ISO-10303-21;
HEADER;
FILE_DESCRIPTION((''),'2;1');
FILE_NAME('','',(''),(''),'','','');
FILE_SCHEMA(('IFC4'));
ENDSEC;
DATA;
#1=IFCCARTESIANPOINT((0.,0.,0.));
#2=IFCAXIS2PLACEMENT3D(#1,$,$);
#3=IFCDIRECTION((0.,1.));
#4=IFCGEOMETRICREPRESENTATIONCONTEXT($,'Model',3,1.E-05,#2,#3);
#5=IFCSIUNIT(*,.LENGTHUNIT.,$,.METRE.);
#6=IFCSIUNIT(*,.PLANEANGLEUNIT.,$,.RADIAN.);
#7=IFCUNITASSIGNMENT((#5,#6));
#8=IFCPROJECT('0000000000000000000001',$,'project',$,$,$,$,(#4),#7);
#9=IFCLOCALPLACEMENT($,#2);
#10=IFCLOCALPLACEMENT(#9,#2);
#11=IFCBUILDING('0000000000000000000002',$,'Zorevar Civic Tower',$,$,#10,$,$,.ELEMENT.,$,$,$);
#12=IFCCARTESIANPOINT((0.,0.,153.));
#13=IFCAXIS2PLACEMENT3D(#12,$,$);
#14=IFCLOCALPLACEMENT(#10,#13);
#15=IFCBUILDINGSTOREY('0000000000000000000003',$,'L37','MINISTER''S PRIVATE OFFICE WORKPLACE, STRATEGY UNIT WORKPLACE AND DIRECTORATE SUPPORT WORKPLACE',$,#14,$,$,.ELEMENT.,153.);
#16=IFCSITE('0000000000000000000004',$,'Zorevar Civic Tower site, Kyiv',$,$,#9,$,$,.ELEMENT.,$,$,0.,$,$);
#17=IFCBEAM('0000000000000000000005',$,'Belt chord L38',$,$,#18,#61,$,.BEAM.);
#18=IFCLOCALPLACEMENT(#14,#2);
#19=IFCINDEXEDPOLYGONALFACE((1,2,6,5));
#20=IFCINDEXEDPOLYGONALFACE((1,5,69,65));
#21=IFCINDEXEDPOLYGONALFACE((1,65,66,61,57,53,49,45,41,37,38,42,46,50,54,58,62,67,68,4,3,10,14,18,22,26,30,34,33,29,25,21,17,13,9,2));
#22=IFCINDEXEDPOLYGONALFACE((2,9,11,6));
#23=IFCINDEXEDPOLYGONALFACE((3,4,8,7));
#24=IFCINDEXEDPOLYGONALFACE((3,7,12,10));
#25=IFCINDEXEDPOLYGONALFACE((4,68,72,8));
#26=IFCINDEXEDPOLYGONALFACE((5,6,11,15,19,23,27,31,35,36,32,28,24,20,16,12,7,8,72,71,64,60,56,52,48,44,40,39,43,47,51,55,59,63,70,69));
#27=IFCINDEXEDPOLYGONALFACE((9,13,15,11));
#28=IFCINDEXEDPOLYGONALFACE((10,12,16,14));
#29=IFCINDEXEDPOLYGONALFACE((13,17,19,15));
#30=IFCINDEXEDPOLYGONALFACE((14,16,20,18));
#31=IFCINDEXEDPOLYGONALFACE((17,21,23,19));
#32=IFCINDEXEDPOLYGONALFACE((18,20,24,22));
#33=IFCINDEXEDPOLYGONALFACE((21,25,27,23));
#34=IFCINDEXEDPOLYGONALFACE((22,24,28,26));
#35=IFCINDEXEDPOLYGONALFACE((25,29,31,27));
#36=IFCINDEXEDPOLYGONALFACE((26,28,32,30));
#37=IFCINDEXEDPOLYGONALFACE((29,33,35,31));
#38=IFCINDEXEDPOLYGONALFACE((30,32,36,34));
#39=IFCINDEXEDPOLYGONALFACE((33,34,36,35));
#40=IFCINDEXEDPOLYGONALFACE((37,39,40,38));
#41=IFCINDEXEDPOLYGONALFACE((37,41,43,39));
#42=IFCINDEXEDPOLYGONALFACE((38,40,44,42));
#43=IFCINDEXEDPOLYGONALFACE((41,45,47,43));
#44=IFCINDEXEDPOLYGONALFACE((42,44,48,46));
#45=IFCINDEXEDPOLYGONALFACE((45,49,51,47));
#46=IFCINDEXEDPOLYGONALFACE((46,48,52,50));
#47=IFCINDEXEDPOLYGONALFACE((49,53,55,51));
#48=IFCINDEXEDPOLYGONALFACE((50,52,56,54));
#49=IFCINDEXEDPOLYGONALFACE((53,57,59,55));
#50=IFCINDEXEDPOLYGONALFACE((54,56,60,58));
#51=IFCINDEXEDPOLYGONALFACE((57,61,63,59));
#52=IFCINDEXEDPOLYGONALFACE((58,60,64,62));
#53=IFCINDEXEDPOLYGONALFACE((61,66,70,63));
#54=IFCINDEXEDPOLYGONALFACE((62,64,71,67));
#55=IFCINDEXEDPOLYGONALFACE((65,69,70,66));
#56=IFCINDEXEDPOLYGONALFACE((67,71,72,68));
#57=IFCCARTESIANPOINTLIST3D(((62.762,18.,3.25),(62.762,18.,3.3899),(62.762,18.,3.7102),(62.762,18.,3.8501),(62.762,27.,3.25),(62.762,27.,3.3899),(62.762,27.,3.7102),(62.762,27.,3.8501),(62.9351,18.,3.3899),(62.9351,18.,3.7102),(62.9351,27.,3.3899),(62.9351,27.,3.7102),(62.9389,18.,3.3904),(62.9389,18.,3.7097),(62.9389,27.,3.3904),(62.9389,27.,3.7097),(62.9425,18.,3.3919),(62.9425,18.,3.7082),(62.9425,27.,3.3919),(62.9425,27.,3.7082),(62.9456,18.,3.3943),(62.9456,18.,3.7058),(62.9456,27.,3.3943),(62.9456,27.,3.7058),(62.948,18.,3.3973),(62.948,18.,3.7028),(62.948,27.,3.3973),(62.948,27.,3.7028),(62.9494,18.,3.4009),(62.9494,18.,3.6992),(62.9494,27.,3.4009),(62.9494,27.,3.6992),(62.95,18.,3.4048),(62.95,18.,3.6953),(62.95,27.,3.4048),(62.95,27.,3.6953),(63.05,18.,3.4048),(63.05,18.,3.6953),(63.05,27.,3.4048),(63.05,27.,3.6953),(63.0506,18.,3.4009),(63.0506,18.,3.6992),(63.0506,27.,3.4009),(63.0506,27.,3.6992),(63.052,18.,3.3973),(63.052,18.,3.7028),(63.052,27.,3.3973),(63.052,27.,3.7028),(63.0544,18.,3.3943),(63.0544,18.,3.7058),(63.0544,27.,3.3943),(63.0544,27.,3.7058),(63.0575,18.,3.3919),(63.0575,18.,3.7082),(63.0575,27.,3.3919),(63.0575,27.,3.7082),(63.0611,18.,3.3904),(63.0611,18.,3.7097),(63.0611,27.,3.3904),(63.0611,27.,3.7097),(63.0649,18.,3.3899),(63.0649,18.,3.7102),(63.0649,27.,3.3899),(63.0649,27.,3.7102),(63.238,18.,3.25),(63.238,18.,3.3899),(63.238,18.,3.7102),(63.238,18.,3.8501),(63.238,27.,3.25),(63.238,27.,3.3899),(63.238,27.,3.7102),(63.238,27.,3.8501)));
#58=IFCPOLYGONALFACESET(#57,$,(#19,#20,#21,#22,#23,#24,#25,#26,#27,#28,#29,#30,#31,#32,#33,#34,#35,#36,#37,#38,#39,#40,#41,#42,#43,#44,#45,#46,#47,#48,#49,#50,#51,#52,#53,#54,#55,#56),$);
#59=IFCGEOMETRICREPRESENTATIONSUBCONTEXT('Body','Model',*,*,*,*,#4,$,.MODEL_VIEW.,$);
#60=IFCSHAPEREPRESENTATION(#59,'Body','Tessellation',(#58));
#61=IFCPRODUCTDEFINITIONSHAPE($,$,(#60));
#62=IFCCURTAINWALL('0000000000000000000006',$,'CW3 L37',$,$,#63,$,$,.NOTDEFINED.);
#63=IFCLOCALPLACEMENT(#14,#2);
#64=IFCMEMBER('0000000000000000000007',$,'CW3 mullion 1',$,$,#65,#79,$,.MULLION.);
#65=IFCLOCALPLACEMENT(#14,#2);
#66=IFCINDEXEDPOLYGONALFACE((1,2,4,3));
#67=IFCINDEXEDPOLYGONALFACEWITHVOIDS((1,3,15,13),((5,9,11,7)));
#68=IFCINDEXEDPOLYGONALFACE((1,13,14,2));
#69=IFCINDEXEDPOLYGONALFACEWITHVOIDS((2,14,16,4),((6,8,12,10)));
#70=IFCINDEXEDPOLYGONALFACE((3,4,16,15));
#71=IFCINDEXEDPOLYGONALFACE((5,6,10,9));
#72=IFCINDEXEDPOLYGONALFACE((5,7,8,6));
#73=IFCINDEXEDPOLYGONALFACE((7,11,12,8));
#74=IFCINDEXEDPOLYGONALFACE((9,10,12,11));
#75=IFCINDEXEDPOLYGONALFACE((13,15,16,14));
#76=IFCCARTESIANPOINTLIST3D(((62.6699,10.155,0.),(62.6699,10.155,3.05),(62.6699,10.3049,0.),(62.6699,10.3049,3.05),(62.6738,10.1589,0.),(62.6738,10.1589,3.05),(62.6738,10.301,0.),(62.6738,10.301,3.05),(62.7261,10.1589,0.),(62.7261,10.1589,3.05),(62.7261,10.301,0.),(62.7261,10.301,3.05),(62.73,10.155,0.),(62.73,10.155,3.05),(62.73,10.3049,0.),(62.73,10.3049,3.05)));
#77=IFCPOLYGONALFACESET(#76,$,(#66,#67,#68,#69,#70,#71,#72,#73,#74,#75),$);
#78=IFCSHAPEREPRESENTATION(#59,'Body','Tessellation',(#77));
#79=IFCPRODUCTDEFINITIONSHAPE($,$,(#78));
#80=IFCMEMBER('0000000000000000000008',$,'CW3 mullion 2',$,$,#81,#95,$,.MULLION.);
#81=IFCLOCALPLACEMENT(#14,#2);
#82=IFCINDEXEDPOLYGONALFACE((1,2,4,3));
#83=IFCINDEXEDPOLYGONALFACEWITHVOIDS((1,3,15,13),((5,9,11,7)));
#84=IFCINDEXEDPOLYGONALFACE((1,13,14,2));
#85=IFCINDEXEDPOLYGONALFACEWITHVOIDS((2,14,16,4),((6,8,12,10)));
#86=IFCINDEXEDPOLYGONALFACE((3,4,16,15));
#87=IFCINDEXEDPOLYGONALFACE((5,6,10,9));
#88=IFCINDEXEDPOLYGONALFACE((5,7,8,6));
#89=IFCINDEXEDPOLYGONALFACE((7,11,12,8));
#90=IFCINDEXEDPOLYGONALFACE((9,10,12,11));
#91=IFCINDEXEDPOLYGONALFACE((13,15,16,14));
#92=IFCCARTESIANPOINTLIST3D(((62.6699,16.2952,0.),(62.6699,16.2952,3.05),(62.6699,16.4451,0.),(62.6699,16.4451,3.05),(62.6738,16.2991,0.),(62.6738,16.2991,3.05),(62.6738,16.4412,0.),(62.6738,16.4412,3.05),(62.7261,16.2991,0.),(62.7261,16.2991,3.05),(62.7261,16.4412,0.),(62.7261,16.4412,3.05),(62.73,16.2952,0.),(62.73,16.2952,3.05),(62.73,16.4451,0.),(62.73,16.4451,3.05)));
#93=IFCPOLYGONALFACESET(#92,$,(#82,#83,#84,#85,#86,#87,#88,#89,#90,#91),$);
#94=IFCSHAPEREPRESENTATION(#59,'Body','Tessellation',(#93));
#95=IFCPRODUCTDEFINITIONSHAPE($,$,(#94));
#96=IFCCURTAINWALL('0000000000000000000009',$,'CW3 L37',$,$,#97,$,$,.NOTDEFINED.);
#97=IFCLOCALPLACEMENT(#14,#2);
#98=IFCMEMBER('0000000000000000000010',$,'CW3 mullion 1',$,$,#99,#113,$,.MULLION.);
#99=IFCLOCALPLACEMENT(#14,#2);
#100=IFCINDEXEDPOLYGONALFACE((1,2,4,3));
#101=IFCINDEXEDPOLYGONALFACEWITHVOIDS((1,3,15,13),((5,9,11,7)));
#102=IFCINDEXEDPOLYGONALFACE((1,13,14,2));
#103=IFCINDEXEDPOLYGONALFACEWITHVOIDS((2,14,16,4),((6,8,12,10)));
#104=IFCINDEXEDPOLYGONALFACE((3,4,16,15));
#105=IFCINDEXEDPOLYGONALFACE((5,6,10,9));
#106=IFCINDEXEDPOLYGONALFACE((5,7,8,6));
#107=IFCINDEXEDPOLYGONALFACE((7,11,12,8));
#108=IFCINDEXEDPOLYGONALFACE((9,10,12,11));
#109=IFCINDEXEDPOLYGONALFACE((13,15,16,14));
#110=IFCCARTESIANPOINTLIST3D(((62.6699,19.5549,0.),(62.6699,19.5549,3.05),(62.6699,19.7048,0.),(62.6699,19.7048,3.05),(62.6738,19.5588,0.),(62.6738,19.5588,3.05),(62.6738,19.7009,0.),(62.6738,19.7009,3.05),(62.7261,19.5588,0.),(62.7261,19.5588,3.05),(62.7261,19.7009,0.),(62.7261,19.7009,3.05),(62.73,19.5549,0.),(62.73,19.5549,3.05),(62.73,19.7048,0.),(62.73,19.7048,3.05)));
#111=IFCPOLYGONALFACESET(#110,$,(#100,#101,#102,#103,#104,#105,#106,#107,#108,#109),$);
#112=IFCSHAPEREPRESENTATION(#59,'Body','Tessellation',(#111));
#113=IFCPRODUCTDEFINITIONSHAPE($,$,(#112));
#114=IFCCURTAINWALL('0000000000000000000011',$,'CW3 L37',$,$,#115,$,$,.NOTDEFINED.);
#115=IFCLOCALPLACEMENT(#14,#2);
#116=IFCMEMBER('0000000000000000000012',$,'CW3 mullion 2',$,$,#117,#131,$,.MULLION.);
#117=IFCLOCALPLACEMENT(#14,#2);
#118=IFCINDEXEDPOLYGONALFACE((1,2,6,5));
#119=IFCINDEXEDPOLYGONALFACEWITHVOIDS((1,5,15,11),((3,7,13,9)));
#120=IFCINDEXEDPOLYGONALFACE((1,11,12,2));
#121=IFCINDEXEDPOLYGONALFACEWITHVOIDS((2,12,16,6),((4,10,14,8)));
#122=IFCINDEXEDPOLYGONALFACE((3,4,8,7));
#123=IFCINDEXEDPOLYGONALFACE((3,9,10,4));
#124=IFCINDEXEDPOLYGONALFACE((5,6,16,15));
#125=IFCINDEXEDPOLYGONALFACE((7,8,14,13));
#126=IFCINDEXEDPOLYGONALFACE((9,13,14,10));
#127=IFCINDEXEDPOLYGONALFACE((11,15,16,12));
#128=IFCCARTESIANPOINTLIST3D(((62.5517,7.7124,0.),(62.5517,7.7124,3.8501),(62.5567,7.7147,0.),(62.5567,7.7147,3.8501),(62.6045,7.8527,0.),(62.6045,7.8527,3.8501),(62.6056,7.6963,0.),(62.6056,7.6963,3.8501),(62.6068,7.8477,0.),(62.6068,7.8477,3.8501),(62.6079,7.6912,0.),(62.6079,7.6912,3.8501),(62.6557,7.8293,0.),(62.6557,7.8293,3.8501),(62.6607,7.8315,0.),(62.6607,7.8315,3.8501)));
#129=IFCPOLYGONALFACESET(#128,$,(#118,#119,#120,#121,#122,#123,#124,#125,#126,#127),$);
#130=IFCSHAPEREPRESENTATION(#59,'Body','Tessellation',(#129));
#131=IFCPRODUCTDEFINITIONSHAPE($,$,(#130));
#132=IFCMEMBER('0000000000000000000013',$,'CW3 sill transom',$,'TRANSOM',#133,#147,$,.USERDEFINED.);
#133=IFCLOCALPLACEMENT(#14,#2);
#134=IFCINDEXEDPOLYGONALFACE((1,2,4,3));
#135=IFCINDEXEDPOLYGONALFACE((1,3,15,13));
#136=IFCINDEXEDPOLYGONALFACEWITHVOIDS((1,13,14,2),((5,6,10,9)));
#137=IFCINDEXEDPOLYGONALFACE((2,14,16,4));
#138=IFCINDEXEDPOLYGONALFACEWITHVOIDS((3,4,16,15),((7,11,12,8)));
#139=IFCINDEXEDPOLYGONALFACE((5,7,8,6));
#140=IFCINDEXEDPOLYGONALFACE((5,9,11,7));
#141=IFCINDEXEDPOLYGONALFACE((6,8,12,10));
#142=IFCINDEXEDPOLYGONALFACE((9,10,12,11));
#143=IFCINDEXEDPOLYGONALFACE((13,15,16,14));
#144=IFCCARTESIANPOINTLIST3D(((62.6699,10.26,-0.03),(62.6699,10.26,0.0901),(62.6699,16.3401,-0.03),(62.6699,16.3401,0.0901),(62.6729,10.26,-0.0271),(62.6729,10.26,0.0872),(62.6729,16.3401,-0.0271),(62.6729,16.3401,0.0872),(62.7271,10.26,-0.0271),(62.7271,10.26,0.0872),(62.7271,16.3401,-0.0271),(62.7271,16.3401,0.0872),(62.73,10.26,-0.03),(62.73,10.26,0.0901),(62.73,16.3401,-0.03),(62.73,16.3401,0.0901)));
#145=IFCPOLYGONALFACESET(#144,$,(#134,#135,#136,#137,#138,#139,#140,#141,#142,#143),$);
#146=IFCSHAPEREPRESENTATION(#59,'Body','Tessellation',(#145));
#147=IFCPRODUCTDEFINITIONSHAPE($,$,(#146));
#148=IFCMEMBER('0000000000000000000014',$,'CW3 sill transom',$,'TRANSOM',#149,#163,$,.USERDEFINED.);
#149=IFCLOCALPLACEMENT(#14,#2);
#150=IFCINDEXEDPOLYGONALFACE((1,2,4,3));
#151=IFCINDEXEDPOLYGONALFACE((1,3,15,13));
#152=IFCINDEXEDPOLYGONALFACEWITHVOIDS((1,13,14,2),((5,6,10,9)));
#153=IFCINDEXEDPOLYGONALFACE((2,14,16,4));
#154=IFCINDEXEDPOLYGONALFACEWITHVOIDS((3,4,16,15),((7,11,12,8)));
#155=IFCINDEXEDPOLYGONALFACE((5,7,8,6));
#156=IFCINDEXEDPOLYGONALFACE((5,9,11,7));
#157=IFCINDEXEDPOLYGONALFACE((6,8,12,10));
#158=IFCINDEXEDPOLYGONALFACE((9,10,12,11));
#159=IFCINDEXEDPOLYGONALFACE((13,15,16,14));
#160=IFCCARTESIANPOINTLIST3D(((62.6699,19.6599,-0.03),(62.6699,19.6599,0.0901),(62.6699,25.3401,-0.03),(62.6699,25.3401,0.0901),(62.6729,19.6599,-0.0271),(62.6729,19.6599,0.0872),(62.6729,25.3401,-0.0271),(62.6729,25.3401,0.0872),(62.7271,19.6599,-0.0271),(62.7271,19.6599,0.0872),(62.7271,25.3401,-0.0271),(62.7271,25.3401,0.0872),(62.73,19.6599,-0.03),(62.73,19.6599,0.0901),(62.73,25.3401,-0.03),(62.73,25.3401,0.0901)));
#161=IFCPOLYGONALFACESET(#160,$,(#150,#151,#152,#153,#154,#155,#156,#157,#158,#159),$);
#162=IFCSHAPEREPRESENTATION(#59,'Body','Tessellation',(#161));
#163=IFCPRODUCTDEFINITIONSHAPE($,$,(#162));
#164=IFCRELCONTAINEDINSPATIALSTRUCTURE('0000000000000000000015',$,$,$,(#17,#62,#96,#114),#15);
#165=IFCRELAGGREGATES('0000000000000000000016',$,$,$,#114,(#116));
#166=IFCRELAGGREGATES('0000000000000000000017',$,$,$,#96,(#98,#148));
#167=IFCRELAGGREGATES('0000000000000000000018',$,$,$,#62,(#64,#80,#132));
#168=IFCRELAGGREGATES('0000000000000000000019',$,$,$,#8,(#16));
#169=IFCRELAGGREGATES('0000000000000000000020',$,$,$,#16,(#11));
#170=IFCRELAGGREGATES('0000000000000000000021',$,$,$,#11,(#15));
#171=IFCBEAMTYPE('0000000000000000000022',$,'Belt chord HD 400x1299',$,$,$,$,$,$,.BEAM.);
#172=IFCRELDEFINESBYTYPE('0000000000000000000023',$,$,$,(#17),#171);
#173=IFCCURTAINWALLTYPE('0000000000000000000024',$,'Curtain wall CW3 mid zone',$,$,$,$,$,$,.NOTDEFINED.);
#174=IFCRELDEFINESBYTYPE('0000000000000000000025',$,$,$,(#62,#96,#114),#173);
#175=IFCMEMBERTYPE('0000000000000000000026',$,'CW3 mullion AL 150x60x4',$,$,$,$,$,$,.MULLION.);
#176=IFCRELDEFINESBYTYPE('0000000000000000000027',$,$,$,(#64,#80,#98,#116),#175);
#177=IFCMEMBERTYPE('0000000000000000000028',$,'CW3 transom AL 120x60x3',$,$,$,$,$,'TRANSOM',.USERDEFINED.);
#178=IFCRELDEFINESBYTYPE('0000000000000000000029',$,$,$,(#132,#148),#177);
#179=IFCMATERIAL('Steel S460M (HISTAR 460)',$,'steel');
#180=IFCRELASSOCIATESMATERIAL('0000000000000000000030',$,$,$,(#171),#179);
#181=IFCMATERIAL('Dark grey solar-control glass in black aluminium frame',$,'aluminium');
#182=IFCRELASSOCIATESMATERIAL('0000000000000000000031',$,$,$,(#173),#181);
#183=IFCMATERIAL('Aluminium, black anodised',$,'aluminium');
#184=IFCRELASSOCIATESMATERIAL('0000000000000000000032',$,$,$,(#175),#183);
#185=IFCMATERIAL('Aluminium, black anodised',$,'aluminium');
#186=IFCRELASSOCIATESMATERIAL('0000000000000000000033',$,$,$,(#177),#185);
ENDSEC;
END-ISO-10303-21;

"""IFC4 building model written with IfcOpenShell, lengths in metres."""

from ifc_helpers import new_model, si_unit, direction, frame, origin, origin_2d, place, context, subcontext, project, spatial, hollow_rectangle, i_section, extrude, material, material_profile, profile_set, type_object, element, aggregate, save


model = new_model("IFC4")

# Units and contexts
model_context = context("Model", 3, precision=1e-05, world=origin(), true_north=direction((0.0, 1.0)))
body_context = subcontext(model_context, "Body", "Model", "MODEL_VIEW")
ifc_project = project(units=[si_unit("LENGTHUNIT", "METRE"), si_unit("PLANEANGLEUNIT", "RADIAN")], contexts=[model_context])

# Site, building, storey
site_placement = place(None, origin())
site = spatial("IfcSite", under=ifc_project, at=site_placement, Name="Zorevar Civic Tower site, Kyiv", CompositionType="ELEMENT", RefElevation=0.0)
building_placement = place(site_placement, origin())
building = spatial("IfcBuilding", under=site, at=building_placement, Name="Zorevar Civic Tower", CompositionType="ELEMENT")
storey_placement = place(building_placement, frame((0.0, 0.0, 153.0)))
storey = spatial("IfcBuildingStorey", under=building, at=storey_placement, Name="L37", Description="MINISTER'S PRIVATE OFFICE WORKPLACE, STRATEGY UNIT WORKPLACE AND DIRECTORATE SUPPORT WORKPLACE", CompositionType="ELEMENT", Elevation=153.0)

# Beam
ifc_material_1 = material(Name="Steel S460M (HISTAR 460)", Category="steel")
ifc_material_profile_1 = material_profile(ifc_material_1, i_section(OverallWidth=0.4761, OverallDepth=0.6001, WebThickness=0.1001, FlangeThickness=0.1399, FilletRadius=0.0149, at=origin_2d()), Name="HD 400x1299")
ifc_profile_set_1 = profile_set([ifc_material_profile_1], Name="Steel S460M (HISTAR 460)")
beam_type_1 = type_object("IfcBeamType", Name="Belt chord HD 400x1299", PredefinedType="BEAM", material=ifc_profile_set_1)
for number, where, z_axis, x_axis, name in (
    (1, (63.0, 18.0, 3.55), (0.0, 1.0, 0.0), (-1.0, 0.0, 0.0), "Belt chord L38"),
):
    element("IfcBeam", number, at=place(storey_placement, frame(where, z_axis=z_axis, x_axis=x_axis)), inside=storey, type_object=beam_type_1, Name=name, PredefinedType="BEAM", context=body_context, shape_type="SweptSolid", body=[
        extrude(i_section(OverallWidth=0.4761, OverallDepth=0.6001, WebThickness=0.1001, FlangeThickness=0.1399, FilletRadius=0.0149, at=origin_2d()), origin(), (0.0, 0.0, 1.0), 9.0),
    ])

# Curtain wall, members
ifc_material_2 = material(Name="Dark grey solar-control glass in black aluminium frame", Category="aluminium")
curtain_wall_type = type_object("IfcCurtainWallType", Name="Curtain wall CW3 mid zone", PredefinedType="NOTDEFINED", material=ifc_material_2)
curtain_wall_1_placement = place(storey_placement, origin())
curtain_wall_1 = element("IfcCurtainWall", 2, at=curtain_wall_1_placement, inside=storey, type_object=curtain_wall_type, Name="CW3 L37", PredefinedType="NOTDEFINED")
ifc_material_3 = material(Name="Aluminium, black anodised", Category="aluminium")
ifc_material_profile_2 = material_profile(ifc_material_3, hollow_rectangle(XDim=0.0601, YDim=0.1499, WallThickness=0.0039, at=origin_2d()), Name="AL 150x60x4")
ifc_profile_set_2 = profile_set([ifc_material_profile_2], Name="Aluminium, black anodised")
member_type_1 = type_object("IfcMemberType", Name="CW3 mullion AL 150x60x4", PredefinedType="MULLION", material=ifc_profile_set_2)
member_1_placement = place(storey_placement, frame((62.7, 10.23, 0.0), z_axis=(0.0, 0.0, 1.0), x_axis=(-1.0, 0.0, 0.0)))
member_1 = element("IfcMember", 3, at=member_1_placement, type_object=member_type_1, Name="CW3 mullion 1", PredefinedType="MULLION", context=body_context, shape_type="SweptSolid", body=[
    extrude(hollow_rectangle(XDim=0.0601, YDim=0.1499, WallThickness=0.0039, at=origin_2d()), origin(), (0.0, 0.0, 1.0), 3.05),
])
member_2_placement = place(storey_placement, frame((62.7, 16.3701, 0.0), z_axis=(0.0, 0.0, 1.0), x_axis=(-1.0, 0.0, 0.0)))
member_2 = element("IfcMember", 4, at=member_2_placement, type_object=member_type_1, Name="CW3 mullion 2", PredefinedType="MULLION", context=body_context, shape_type="SweptSolid", body=[
    extrude(hollow_rectangle(XDim=0.0601, YDim=0.1499, WallThickness=0.0039, at=origin_2d()), origin(), (0.0, 0.0, 1.0), 3.05),
])

# Curtain walls, members
curtain_wall_2_placement = place(storey_placement, origin())
curtain_wall_2 = element("IfcCurtainWall", 5, at=curtain_wall_2_placement, inside=storey, type_object=curtain_wall_type, Name="CW3 L37", PredefinedType="NOTDEFINED")
member_3_placement = place(storey_placement, frame((62.7, 19.6299, 0.0), z_axis=(0.0, 0.0, 1.0), x_axis=(-1.0, 0.0, 0.0)))
member_3 = element("IfcMember", 6, at=member_3_placement, type_object=member_type_1, Name="CW3 mullion 1", PredefinedType="MULLION", context=body_context, shape_type="SweptSolid", body=[
    extrude(hollow_rectangle(XDim=0.0601, YDim=0.1499, WallThickness=0.0039, at=origin_2d()), origin(), (0.0, 0.0, 1.0), 3.05),
])
curtain_wall_3_placement = place(storey_placement, origin())
curtain_wall_3 = element("IfcCurtainWall", 7, at=curtain_wall_3_placement, inside=storey, type_object=curtain_wall_type, Name="CW3 L37", PredefinedType="NOTDEFINED")
member_4_placement = place(storey_placement, frame((62.6062, 7.772, 0.0), z_axis=(0.0, 0.0, 1.0), x_axis=(-0.935951, 0.352132, 0.0)))
member_4 = element("IfcMember", 8, at=member_4_placement, type_object=member_type_1, Name="CW3 mullion 2", PredefinedType="MULLION", context=body_context, shape_type="SweptSolid", body=[
    extrude(hollow_rectangle(XDim=0.0601, YDim=0.1499, WallThickness=0.0039, at=origin_2d()), origin(), (0.0, 0.0, 1.0), 3.8501),
])
aggregate(curtain_wall_3, [member_4])

# Members
ifc_material_4 = material(Name="Aluminium, black anodised", Category="aluminium")
ifc_material_profile_3 = material_profile(ifc_material_4, hollow_rectangle(XDim=0.0601, YDim=0.1201, WallThickness=0.0029, at=origin_2d()), Name="AL 120x60x3")
ifc_profile_set_3 = profile_set([ifc_material_profile_3], Name="Aluminium, black anodised")
member_type_2 = type_object("IfcMemberType", Name="CW3 transom AL 120x60x3", ElementType="TRANSOM", PredefinedType="USERDEFINED", material=ifc_profile_set_3)
member_5_placement = place(storey_placement, frame((62.7, 10.26, 0.03), z_axis=(0.0, 1.0, 0.0), x_axis=(-1.0, 0.0, 0.0)))
member_5 = element("IfcMember", 9, at=member_5_placement, type_object=member_type_2, Name="CW3 sill transom", ObjectType="TRANSOM", PredefinedType="USERDEFINED", context=body_context, shape_type="SweptSolid", body=[
    extrude(hollow_rectangle(XDim=0.0601, YDim=0.1201, WallThickness=0.0029, at=origin_2d()), origin(), (0.0, 0.0, 1.0), 6.0801),
])
member_6_placement = place(storey_placement, frame((62.7, 19.6599, 0.03), z_axis=(0.0, 1.0, 0.0), x_axis=(-1.0, 0.0, 0.0)))
member_6 = element("IfcMember", 10, at=member_6_placement, type_object=member_type_2, Name="CW3 sill transom", ObjectType="TRANSOM", PredefinedType="USERDEFINED", context=body_context, shape_type="SweptSolid", body=[
    extrude(hollow_rectangle(XDim=0.0601, YDim=0.1201, WallThickness=0.0029, at=origin_2d()), origin(), (0.0, 0.0, 1.0), 5.6802),
])
aggregate(curtain_wall_2, [member_3, member_6])

aggregate(curtain_wall_1, [member_1, member_2, member_5])

save(model, "model.ifc")
